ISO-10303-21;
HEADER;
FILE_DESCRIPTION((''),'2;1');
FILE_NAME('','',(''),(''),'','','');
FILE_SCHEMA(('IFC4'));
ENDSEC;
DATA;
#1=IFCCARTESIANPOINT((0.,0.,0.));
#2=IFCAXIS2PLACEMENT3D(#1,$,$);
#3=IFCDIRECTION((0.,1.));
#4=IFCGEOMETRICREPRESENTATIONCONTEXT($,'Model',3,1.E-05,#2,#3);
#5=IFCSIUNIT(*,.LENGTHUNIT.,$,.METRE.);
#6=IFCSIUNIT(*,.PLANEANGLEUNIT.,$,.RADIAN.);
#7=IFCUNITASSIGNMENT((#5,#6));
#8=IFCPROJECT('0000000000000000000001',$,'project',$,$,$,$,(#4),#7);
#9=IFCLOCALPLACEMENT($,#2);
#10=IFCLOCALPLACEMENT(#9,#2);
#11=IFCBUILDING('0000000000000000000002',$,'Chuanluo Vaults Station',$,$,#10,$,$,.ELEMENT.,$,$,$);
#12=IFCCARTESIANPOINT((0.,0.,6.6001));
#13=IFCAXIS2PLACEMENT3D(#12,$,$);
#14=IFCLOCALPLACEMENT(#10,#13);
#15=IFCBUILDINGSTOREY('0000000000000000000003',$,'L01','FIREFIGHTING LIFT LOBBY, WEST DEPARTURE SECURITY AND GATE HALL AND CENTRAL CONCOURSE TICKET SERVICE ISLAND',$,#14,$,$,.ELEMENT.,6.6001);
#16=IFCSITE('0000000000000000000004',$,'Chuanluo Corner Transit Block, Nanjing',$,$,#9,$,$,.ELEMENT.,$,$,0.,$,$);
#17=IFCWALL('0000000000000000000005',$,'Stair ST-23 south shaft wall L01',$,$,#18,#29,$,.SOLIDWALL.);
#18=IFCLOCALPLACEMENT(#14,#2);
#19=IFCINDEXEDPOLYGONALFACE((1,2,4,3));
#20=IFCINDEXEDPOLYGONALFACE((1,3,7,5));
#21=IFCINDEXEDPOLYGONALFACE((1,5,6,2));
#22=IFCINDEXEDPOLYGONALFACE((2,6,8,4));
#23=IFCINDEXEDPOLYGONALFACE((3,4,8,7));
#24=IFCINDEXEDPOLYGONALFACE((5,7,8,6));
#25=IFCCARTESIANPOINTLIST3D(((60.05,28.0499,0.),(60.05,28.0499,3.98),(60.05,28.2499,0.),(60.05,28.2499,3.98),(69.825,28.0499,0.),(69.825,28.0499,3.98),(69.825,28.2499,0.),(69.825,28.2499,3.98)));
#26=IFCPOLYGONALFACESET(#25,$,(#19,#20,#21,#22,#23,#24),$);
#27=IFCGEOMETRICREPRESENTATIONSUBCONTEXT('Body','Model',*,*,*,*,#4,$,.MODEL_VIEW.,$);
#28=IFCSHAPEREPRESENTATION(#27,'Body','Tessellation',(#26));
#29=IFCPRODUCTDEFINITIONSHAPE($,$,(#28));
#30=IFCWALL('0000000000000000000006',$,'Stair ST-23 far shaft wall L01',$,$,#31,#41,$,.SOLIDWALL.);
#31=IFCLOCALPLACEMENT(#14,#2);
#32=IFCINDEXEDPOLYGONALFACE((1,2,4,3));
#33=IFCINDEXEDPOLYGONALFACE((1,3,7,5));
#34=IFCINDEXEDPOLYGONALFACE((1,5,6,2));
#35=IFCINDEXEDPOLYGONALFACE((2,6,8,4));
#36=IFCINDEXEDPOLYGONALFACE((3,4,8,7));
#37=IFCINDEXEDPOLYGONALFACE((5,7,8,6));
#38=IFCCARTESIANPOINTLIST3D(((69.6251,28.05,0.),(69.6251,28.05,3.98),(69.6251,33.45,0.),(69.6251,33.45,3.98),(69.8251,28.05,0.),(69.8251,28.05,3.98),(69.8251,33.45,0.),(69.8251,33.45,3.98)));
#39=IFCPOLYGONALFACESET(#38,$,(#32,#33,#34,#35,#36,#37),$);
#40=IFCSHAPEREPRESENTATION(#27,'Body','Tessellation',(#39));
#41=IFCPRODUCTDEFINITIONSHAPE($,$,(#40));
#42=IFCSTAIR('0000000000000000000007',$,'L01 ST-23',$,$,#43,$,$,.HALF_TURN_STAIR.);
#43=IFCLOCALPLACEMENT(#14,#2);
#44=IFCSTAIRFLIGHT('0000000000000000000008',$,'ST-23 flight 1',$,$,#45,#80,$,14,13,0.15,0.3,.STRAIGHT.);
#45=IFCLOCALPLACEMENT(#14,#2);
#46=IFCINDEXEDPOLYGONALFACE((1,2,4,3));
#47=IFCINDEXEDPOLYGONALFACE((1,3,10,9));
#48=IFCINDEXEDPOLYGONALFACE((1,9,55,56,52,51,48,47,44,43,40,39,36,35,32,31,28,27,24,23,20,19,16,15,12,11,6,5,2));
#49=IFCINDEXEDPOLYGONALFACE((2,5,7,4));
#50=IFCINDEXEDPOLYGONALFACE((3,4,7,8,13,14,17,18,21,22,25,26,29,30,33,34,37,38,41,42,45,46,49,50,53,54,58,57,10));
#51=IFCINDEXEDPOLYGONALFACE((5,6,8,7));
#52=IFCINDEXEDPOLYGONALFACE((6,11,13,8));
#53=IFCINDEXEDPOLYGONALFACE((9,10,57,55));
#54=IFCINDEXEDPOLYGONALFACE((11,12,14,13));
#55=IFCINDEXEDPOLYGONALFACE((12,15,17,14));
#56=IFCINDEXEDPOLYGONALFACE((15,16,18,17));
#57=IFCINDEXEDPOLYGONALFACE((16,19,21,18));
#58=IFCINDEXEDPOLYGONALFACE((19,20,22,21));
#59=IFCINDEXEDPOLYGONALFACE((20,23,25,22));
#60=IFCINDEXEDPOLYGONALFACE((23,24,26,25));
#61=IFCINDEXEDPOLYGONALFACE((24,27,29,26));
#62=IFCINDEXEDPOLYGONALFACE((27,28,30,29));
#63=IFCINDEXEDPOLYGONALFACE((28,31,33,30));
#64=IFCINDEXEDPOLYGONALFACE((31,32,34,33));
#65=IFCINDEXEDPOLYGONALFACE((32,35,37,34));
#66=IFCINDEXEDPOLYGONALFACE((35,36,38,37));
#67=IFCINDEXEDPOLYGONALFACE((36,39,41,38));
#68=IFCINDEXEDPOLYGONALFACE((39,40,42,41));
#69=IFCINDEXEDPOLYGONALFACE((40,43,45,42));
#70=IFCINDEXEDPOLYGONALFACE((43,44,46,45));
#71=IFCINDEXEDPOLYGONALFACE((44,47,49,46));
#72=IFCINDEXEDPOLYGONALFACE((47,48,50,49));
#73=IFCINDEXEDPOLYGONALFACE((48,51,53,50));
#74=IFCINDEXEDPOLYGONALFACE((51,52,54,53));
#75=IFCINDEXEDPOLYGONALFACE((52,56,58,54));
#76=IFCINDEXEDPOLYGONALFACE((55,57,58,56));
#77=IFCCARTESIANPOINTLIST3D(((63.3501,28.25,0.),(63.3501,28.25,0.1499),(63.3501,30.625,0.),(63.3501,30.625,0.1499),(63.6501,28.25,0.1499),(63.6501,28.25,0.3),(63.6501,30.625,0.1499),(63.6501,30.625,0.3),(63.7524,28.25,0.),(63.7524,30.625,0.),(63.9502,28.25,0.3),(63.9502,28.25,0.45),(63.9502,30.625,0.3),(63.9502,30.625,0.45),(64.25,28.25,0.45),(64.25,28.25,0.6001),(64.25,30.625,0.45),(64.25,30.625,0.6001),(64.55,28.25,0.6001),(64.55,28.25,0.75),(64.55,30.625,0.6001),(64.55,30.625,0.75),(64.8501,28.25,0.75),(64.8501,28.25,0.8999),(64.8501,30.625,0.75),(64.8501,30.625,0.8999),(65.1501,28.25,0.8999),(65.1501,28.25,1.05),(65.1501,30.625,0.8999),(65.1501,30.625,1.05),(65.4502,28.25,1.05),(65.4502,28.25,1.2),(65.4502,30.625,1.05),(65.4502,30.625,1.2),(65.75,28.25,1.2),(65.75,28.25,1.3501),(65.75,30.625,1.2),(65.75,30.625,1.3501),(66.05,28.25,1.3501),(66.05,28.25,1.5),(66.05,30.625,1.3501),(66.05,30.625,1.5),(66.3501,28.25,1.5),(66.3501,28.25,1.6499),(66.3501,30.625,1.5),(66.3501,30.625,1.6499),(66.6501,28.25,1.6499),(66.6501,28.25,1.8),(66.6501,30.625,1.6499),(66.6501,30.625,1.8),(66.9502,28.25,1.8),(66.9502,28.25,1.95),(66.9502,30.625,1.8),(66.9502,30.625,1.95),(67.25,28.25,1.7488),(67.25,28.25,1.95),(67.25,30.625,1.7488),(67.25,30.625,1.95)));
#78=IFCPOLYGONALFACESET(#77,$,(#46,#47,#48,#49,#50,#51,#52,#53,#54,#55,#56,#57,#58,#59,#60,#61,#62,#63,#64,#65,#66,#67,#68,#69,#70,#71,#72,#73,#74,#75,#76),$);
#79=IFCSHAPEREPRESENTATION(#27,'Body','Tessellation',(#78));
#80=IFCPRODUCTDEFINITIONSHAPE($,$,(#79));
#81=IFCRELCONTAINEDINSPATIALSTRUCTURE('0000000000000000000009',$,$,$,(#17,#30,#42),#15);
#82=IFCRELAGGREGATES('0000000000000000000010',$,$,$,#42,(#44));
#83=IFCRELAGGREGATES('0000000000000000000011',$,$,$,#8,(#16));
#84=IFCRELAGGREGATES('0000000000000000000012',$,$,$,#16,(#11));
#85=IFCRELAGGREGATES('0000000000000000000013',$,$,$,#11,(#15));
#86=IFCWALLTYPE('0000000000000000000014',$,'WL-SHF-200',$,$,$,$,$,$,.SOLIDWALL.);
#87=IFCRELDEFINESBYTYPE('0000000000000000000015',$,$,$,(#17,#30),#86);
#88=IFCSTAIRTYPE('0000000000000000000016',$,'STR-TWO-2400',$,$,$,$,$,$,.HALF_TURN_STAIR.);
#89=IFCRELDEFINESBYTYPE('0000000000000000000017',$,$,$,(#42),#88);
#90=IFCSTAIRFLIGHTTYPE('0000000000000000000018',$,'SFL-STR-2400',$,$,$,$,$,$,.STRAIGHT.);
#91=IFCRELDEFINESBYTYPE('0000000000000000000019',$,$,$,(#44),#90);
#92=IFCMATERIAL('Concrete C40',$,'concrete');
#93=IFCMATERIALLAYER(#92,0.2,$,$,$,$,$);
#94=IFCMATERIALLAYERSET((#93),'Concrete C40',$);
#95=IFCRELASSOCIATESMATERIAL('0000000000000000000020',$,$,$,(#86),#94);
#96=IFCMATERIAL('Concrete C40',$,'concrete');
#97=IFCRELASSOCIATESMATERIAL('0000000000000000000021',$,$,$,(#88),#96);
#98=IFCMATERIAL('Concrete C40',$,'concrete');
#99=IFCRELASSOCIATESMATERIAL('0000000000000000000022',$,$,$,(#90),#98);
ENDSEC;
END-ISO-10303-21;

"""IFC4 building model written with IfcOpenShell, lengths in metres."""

from ifc_helpers import new_model, si_unit, direction, frame, frame_2d, origin, place, context, subcontext, project, spatial, polyline, rectangle, outline, extrude, material, layer, layer_set, type_object, element, aggregate, save


model = new_model("IFC4")

# Units and contexts
model_context = context("Model", 3, precision=1e-05, world=origin(), true_north=direction((0.0, 1.0)))
body_context = subcontext(model_context, "Body", "Model", "MODEL_VIEW")
ifc_project = project(units=[si_unit("LENGTHUNIT", "METRE"), si_unit("PLANEANGLEUNIT", "RADIAN")], contexts=[model_context])

# Site, building, storey
site_placement = place(None, origin())
site = spatial("IfcSite", under=ifc_project, at=site_placement, Name="Chuanluo Corner Transit Block, Nanjing", CompositionType="ELEMENT", RefElevation=0.0)
building_placement = place(site_placement, origin())
building = spatial("IfcBuilding", under=site, at=building_placement, Name="Chuanluo Vaults Station", CompositionType="ELEMENT")
storey_placement = place(building_placement, frame((0.0, 0.0, 6.6001)))
storey = spatial("IfcBuildingStorey", under=building, at=storey_placement, Name="L01", Description="FIREFIGHTING LIFT LOBBY, WEST DEPARTURE SECURITY AND GATE HALL AND CENTRAL CONCOURSE TICKET SERVICE ISLAND", CompositionType="ELEMENT", Elevation=6.6001)

# Shared definitions
ifc_material_1 = material(Name="Concrete C40", Category="concrete")
ifc_layer_1 = layer(ifc_material_1, 0.2)
ifc_layer_set_1 = layer_set([ifc_layer_1], Name="Concrete C40")
wall_type_1 = type_object("IfcWallType", Name="WL-SHF-200", PredefinedType="SOLIDWALL", material=ifc_layer_set_1)

# Walls
wall_1_placement = place(storey_placement, frame((60.05, 28.1499, 0.0), z_axis=(0.0, 0.0, 1.0), x_axis=(1.0, 0.0, 0.0)))
element("IfcWall", 1, at=wall_1_placement, inside=storey, type_object=wall_type_1, Name="Stair ST-23 south shaft wall L01", PredefinedType="SOLIDWALL", context=body_context, shape_type="SweptSolid", body=[
    extrude(rectangle(XDim=9.7749, YDim=0.2, at=frame_2d((4.8875, 0.0))), origin(), (0.0, 0.0, 1.0), 3.98),
])
wall_2_placement = place(storey_placement, frame((69.7251, 28.05, 0.0), z_axis=(0.0, 0.0, 1.0), x_axis=(0.0, 1.0, 0.0)))
element("IfcWall", 2, at=wall_2_placement, inside=storey, type_object=wall_type_1, Name="Stair ST-23 far shaft wall L01", PredefinedType="SOLIDWALL", context=body_context, shape_type="SweptSolid", body=[
    extrude(rectangle(XDim=5.3999, YDim=0.2, at=frame_2d((2.7, 0.0))), origin(), (0.0, 0.0, 1.0), 3.98),
])

# Stair, stair flight
ifc_material_2 = material(Name="Concrete C40", Category="concrete")
stair_type = type_object("IfcStairType", Name="STR-TWO-2400", PredefinedType="HALF_TURN_STAIR", material=ifc_material_2)
stair_placement = place(storey_placement, origin())
stair = element("IfcStair", 3, at=stair_placement, inside=storey, type_object=stair_type, Name="L01 ST-23", PredefinedType="HALF_TURN_STAIR")
ifc_material_3 = material(Name="Concrete C40", Category="concrete")
stair_flight_type = type_object("IfcStairFlightType", Name="SFL-STR-2400", PredefinedType="STRAIGHT", material=ifc_material_3)
stair_flight_placement = place(storey_placement, frame((63.3501, 29.4375, 0.0), z_axis=(0.0, 0.0, 1.0), x_axis=(1.0, 0.0, 0.0)))
stair_flight = element("IfcStairFlight", 4, at=stair_flight_placement, type_object=stair_flight_type, Name="ST-23 flight 1", NumberOfRisers=14, NumberOfTreads=13, PredefinedType="STRAIGHT", RiserHeight=0.15, TreadLength=0.3, context=body_context, shape_type="SweptSolid", body=[
    extrude(outline(polyline([(0.0, 0.0), (0.0, 0.1499), (0.3, 0.1499), (0.3, 0.3), (0.6001, 0.3), (0.6001, 0.45), (0.8999, 0.45), (0.8999, 0.6001), (1.2, 0.6001), (1.2, 0.75), (1.5, 0.75), (1.5, 0.8999), (1.8, 0.8999), (1.8, 1.05), (2.1001, 1.05), (2.1001, 1.2), (2.3999, 1.2), (2.3999, 1.3501), (2.7, 1.3501), (2.7, 1.5), (3.0, 1.5), (3.0, 1.6499), (3.3, 1.6499), (3.3, 1.8), (3.6001, 1.8), (3.6001, 1.95), (3.8999, 1.95), (3.8999, 2.1001), (3.8999, 1.7488), (0.4023, 0.0), (0.0, 0.0)])), frame((0.0, 1.1875, 0.0), z_axis=(0.0, -1.0, 0.0), x_axis=(1.0, 0.0, 0.0)), (0.0, 0.0, 1.0), 2.375),
])
aggregate(stair, [stair_flight])

save(model, "model.ifc")
